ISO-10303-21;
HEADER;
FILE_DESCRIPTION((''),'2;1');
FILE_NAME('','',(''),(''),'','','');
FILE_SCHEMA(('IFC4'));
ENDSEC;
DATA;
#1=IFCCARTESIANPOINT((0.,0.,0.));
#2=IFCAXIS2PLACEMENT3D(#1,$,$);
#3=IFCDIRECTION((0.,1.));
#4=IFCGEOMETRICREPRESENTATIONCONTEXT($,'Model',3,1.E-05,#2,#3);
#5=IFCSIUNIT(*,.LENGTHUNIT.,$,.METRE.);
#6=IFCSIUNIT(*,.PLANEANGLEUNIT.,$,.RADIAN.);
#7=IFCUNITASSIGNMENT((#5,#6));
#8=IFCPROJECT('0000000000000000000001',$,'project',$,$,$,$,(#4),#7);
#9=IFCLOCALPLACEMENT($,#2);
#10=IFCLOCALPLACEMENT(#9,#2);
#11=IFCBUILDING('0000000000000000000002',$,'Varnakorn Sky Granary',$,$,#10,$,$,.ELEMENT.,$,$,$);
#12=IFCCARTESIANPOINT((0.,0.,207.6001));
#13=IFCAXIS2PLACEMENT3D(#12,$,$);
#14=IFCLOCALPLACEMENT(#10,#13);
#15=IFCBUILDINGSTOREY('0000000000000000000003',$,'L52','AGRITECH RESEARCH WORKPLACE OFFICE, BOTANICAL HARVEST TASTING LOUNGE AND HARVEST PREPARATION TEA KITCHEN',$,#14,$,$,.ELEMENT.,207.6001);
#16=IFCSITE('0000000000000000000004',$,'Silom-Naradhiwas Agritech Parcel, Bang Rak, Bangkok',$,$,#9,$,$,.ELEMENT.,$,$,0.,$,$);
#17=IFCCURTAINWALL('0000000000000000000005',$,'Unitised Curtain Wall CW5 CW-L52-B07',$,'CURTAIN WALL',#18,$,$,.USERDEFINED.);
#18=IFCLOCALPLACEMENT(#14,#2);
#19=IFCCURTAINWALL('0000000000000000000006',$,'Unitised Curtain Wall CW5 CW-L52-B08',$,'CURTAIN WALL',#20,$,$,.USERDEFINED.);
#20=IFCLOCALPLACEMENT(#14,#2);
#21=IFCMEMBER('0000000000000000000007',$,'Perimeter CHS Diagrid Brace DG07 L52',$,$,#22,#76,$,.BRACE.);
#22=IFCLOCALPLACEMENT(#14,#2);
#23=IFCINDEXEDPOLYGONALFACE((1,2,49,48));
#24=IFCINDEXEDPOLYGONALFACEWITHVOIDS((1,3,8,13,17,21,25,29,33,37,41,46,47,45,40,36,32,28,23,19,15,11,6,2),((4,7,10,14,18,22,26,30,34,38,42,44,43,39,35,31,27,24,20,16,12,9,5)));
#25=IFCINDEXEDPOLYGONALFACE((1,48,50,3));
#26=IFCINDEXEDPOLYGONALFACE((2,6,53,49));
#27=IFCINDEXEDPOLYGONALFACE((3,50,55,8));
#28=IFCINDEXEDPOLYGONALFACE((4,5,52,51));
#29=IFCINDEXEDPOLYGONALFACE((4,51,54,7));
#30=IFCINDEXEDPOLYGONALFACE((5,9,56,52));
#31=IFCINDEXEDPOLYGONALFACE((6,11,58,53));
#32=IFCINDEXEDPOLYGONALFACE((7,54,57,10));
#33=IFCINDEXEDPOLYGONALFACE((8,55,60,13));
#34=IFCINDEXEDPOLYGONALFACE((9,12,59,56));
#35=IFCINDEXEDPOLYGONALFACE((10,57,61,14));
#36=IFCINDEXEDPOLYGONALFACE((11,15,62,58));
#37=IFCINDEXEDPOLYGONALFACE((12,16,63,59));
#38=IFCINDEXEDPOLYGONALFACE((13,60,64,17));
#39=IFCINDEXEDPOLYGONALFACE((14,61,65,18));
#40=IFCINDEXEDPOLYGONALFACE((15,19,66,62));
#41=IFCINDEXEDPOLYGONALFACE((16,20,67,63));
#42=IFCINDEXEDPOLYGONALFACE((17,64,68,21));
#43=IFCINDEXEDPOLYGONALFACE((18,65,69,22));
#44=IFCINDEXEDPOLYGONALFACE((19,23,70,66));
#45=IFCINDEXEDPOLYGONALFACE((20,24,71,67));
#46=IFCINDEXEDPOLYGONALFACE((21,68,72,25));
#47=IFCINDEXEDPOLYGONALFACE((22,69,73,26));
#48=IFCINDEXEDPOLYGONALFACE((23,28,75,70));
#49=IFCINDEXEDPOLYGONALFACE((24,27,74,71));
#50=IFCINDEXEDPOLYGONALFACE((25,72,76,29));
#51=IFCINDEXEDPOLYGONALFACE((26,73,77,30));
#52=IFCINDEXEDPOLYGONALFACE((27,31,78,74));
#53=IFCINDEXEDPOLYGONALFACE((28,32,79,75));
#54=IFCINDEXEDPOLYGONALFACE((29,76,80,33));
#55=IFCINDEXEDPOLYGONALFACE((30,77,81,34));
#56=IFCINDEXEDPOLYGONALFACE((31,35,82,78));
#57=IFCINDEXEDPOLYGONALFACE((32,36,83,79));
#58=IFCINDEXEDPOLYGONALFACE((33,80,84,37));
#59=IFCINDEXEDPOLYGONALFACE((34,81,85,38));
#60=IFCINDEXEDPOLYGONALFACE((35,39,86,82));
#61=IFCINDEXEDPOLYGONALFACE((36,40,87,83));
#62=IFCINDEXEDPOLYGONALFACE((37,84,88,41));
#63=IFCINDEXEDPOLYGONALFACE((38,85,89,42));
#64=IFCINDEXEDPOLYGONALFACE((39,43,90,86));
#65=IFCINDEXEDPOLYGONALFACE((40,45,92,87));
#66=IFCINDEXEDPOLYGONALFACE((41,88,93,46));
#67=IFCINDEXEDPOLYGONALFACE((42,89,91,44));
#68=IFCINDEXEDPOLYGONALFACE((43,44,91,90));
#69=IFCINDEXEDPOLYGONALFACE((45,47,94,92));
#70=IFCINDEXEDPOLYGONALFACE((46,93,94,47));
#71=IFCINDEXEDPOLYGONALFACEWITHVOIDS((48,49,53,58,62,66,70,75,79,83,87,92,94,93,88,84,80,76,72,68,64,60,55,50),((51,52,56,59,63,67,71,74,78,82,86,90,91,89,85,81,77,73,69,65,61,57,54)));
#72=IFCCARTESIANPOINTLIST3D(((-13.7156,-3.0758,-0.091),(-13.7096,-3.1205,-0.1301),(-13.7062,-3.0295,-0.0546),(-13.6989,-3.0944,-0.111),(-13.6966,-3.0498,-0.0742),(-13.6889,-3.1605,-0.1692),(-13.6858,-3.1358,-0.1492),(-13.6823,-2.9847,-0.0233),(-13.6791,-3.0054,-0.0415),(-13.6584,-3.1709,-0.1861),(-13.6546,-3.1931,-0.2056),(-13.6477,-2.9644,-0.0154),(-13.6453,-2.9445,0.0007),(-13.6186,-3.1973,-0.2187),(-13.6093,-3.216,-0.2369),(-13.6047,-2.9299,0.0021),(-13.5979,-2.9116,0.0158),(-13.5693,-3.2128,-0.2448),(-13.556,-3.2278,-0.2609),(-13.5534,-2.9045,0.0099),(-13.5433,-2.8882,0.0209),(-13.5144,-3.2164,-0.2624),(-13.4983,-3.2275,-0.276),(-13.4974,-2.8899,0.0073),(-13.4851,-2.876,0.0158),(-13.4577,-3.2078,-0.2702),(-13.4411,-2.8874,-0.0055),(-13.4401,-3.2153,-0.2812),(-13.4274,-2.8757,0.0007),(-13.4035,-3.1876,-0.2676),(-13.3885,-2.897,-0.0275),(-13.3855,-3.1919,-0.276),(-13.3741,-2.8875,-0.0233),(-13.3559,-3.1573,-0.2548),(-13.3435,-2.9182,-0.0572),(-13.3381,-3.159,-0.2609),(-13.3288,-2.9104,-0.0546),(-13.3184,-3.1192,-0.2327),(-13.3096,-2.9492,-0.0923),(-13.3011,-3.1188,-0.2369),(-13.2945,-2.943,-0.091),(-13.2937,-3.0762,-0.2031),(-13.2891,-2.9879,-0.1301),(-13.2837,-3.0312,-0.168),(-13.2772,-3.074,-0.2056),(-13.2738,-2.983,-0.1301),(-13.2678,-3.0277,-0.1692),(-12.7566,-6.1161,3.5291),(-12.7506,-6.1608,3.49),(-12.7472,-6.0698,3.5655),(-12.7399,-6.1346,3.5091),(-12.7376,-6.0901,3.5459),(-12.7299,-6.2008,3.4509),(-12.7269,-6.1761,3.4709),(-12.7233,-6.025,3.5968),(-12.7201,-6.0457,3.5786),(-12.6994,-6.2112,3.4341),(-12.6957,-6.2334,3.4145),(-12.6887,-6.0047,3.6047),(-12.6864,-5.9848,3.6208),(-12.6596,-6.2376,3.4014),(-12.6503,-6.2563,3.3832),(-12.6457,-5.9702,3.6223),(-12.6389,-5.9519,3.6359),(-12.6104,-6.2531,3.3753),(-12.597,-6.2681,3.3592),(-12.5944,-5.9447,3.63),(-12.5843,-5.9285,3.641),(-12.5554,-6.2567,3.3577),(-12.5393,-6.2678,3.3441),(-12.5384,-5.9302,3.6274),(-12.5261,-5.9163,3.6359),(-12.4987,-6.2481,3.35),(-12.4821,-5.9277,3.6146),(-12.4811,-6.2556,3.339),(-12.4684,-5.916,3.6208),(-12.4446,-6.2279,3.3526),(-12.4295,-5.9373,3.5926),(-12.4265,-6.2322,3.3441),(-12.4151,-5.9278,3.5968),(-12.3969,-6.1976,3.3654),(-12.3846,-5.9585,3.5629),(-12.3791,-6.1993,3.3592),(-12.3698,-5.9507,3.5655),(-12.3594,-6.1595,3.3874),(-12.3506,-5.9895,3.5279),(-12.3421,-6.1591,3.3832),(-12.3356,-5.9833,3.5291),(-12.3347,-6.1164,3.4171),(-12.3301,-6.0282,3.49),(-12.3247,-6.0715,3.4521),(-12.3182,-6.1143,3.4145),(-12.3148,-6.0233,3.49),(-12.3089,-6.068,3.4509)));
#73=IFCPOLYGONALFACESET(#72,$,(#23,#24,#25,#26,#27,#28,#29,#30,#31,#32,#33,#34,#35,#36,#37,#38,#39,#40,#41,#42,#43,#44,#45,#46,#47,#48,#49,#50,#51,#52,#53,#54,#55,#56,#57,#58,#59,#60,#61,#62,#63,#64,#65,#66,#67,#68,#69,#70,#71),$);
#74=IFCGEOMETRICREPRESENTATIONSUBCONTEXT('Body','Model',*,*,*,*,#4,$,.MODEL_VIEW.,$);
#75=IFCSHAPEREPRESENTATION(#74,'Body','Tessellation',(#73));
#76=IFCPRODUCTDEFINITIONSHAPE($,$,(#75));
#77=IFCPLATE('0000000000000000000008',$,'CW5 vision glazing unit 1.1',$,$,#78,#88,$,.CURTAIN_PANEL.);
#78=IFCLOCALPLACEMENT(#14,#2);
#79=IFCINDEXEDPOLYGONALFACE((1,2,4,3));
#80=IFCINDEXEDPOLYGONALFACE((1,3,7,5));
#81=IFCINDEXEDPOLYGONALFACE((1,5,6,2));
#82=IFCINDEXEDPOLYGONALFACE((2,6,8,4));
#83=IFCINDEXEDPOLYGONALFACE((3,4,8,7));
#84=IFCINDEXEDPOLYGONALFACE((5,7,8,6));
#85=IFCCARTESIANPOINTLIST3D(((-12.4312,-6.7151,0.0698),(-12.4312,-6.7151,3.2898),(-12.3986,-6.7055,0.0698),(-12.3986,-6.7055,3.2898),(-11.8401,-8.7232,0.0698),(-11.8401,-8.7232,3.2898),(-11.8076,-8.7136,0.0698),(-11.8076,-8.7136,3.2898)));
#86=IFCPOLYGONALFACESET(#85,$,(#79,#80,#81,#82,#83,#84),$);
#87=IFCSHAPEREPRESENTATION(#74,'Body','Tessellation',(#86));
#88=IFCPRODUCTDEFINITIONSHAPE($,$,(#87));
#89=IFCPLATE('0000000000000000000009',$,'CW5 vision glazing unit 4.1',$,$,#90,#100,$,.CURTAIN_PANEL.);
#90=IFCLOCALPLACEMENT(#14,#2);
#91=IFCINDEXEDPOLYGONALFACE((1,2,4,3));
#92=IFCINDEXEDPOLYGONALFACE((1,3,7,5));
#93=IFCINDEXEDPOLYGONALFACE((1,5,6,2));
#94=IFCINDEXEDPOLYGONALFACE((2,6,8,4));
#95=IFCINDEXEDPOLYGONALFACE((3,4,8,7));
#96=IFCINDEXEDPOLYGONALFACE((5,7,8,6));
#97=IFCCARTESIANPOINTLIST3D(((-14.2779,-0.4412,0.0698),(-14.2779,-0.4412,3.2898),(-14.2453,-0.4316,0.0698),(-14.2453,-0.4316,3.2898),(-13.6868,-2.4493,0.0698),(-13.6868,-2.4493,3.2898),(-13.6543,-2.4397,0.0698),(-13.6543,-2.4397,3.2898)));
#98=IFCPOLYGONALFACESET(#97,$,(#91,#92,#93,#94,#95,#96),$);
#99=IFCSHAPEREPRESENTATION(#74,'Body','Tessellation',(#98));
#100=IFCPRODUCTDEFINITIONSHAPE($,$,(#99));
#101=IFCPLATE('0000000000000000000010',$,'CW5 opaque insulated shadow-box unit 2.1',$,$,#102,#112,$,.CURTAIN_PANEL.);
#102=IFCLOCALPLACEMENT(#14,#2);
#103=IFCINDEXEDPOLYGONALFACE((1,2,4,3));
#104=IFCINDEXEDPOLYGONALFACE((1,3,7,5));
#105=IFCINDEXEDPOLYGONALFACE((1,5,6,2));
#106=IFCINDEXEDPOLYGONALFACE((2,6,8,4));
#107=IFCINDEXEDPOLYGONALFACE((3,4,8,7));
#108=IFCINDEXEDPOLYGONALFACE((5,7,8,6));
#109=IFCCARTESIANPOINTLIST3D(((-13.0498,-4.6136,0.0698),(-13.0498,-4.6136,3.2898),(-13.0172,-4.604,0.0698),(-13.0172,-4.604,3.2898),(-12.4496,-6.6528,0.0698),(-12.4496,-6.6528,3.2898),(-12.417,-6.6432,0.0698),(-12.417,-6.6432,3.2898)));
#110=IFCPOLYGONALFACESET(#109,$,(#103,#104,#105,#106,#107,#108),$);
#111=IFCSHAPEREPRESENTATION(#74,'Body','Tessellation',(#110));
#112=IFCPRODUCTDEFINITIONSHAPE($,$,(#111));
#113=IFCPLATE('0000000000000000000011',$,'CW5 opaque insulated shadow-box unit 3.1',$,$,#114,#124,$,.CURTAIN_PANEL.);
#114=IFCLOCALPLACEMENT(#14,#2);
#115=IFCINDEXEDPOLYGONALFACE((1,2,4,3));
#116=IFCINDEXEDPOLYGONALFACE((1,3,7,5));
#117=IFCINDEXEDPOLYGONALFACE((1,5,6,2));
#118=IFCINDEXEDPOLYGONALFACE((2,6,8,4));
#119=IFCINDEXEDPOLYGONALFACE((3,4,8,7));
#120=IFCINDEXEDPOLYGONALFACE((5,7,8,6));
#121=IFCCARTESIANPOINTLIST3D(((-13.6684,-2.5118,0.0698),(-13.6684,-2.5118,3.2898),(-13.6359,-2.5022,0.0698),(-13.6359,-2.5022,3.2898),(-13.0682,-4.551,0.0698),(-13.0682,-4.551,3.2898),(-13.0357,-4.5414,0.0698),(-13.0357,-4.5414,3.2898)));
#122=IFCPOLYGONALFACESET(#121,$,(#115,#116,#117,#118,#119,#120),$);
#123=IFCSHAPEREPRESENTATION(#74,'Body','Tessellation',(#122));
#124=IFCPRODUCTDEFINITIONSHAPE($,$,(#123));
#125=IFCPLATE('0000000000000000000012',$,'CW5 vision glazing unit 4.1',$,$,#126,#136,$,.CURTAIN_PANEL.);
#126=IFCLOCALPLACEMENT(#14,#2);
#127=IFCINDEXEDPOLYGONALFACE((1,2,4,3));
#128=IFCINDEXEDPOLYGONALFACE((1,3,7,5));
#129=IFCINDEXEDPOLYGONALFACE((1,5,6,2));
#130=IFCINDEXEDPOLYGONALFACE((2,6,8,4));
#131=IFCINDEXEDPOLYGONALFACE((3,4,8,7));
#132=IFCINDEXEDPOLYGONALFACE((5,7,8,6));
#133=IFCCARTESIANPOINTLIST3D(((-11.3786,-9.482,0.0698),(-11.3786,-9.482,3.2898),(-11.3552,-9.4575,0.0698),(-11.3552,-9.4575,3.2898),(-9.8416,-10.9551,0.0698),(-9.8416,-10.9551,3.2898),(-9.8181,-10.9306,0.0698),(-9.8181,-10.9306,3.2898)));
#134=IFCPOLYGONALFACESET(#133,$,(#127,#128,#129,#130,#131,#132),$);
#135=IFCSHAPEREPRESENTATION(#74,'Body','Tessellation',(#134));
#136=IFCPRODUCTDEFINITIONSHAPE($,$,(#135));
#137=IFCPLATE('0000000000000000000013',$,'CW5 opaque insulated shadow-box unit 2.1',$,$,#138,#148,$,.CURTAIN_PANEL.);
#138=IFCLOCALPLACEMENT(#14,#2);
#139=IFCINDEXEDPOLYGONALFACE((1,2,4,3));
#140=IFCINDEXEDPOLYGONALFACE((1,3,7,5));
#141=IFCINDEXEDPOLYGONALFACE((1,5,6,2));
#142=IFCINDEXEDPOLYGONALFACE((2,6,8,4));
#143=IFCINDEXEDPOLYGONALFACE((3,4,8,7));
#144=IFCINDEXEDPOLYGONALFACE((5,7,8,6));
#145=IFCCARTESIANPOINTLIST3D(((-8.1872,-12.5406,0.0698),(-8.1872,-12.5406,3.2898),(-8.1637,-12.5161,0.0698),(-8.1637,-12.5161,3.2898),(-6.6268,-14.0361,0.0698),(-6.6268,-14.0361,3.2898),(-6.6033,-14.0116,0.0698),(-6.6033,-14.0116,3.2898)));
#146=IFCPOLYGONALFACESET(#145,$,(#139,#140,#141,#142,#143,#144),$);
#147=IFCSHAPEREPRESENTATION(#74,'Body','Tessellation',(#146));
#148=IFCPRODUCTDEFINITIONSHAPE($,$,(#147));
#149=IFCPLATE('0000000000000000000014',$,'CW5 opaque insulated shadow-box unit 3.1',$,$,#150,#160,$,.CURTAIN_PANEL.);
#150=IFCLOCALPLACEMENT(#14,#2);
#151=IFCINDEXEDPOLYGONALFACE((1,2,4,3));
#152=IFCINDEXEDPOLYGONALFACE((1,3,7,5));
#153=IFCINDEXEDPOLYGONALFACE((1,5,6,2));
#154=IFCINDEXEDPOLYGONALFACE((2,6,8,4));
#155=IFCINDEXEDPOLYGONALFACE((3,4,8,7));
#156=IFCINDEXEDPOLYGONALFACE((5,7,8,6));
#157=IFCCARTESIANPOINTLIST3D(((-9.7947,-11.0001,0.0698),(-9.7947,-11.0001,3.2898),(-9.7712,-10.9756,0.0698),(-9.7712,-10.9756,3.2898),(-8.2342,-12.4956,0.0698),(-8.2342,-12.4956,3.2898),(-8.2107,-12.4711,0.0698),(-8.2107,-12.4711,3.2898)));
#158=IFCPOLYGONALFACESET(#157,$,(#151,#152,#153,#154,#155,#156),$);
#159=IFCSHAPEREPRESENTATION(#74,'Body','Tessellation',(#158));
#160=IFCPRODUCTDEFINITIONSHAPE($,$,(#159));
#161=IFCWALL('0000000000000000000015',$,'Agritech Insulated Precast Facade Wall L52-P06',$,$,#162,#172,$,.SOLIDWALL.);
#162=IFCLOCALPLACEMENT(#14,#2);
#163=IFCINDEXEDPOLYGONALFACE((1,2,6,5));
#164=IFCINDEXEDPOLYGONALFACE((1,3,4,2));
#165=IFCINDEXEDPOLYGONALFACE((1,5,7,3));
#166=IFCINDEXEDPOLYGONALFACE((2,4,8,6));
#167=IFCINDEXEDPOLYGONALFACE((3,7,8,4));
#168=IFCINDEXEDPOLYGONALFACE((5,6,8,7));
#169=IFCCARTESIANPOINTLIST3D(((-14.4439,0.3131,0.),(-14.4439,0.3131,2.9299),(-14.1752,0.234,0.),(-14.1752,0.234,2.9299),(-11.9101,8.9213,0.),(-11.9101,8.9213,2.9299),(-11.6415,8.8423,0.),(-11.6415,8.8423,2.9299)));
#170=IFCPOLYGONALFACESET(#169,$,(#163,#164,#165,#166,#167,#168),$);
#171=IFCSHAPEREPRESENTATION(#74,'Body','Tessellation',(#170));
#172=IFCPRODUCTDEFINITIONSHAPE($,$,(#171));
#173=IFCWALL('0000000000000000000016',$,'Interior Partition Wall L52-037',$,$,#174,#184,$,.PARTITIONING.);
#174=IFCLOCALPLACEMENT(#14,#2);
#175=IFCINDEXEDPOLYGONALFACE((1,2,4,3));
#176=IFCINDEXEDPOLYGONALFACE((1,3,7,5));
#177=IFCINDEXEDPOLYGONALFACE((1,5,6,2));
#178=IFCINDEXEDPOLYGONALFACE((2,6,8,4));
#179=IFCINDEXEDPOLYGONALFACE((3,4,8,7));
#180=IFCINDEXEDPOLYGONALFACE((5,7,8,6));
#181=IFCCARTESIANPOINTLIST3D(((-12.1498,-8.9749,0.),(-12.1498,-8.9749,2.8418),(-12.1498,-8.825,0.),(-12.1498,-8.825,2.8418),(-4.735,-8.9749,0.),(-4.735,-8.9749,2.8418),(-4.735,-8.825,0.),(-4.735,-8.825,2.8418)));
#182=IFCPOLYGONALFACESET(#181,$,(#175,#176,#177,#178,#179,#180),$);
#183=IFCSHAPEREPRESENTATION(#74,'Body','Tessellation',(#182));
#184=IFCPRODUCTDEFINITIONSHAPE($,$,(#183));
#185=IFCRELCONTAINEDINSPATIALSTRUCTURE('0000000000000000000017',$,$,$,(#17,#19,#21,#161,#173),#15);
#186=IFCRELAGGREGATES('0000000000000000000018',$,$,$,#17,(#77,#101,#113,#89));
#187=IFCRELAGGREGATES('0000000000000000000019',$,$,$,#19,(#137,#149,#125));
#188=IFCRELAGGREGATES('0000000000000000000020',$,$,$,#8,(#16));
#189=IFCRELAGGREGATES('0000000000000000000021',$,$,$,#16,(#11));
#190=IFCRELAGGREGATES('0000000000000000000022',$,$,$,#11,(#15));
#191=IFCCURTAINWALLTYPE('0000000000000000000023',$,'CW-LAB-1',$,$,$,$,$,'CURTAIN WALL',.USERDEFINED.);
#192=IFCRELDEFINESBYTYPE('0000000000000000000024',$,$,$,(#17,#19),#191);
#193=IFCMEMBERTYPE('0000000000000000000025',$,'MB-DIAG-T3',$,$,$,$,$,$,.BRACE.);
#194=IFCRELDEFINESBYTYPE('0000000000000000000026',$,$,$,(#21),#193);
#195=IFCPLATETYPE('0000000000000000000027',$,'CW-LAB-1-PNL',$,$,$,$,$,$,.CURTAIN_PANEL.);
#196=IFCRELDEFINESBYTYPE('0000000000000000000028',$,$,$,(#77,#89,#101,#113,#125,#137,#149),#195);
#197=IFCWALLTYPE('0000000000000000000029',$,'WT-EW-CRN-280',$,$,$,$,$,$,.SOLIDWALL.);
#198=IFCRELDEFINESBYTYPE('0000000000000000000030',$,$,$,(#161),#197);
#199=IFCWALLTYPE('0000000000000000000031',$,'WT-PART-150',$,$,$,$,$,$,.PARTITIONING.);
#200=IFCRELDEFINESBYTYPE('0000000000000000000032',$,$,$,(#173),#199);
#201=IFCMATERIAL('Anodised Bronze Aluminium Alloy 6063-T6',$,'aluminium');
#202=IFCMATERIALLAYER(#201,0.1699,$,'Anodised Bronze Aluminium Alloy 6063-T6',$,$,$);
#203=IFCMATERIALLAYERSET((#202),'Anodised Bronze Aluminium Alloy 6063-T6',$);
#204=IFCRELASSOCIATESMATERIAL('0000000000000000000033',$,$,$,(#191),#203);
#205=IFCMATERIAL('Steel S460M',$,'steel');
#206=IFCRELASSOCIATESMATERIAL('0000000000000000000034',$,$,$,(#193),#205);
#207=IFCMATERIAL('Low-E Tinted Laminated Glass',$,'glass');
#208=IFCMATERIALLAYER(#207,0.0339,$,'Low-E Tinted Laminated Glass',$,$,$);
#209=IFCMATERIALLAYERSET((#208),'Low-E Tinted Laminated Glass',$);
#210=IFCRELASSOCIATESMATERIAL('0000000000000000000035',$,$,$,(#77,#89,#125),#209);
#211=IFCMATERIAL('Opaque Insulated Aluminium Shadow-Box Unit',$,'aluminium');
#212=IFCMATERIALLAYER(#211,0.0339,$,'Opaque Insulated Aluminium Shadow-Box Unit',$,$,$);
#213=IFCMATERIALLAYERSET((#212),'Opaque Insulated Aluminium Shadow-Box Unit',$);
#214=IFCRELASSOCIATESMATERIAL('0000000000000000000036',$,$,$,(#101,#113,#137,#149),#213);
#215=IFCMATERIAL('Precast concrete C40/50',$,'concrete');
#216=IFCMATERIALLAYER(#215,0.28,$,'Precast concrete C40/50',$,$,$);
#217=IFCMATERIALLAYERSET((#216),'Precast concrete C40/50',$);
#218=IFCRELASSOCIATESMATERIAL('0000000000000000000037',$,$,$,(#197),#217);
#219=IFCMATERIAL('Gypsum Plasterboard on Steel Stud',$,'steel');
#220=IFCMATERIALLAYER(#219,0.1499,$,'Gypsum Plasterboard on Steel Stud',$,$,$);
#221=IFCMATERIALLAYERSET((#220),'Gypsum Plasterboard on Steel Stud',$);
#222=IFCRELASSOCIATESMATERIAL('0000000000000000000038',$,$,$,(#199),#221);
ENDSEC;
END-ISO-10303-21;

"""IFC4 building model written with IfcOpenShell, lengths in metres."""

from ifc_helpers import new_model, si_unit, direction, frame, frame_2d, origin, origin_2d, place, context, subcontext, project, spatial, rectangle, hollow_circle, extrude, source, transform, mapped, material, layer, layer_set, material_profile, profile_set, type_object, type_shapes, element, aggregate, save


model = new_model("IFC4")

# Units and contexts
model_context = context("Model", 3, precision=1e-05, world=origin(), true_north=direction((0.0, 1.0)))
body_context = subcontext(model_context, "Body", "Model", "MODEL_VIEW")
ifc_project = project(units=[si_unit("LENGTHUNIT", "METRE"), si_unit("PLANEANGLEUNIT", "RADIAN")], contexts=[model_context])

# Site, building, storey
site_placement = place(None, origin())
site = spatial("IfcSite", under=ifc_project, at=site_placement, Name="Silom-Naradhiwas Agritech Parcel, Bang Rak, Bangkok", CompositionType="ELEMENT", RefElevation=0.0)
building_placement = place(site_placement, origin())
building = spatial("IfcBuilding", under=site, at=building_placement, Name="Varnakorn Sky Granary", CompositionType="ELEMENT")
storey_placement = place(building_placement, frame((0.0, 0.0, 207.6001)))
storey = spatial("IfcBuildingStorey", under=building, at=storey_placement, Name="L52", Description="AGRITECH RESEARCH WORKPLACE OFFICE, BOTANICAL HARVEST TASTING LOUNGE AND HARVEST PREPARATION TEA KITCHEN", CompositionType="ELEMENT", Elevation=207.6001)

# Shared definitions
ifc_material_1 = material(Name="Steel S460M", Category="steel")

# Curtain walls
ifc_material_2 = material(Name="Anodised Bronze Aluminium Alloy 6063-T6", Category="aluminium")
ifc_layer_1 = layer(ifc_material_2, 0.1699, Name="Anodised Bronze Aluminium Alloy 6063-T6")
ifc_layer_set_1 = layer_set([ifc_layer_1], Name="Anodised Bronze Aluminium Alloy 6063-T6")
curtain_wall_type = type_object("IfcCurtainWallType", Name="CW-LAB-1", ElementType="CURTAIN WALL", PredefinedType="USERDEFINED", material=ifc_layer_set_1)
curtain_wall_1_placement = place(storey_placement, origin())
curtain_wall_1 = element("IfcCurtainWall", 1, at=curtain_wall_1_placement, inside=storey, type_object=curtain_wall_type, Name="Unitised Curtain Wall CW5 CW-L52-B07", ObjectType="CURTAIN WALL", PredefinedType="USERDEFINED")
curtain_wall_2_placement = place(storey_placement, origin())
curtain_wall_2 = element("IfcCurtainWall", 2, at=curtain_wall_2_placement, inside=storey, type_object=curtain_wall_type, Name="Unitised Curtain Wall CW5 CW-L52-B08", ObjectType="CURTAIN WALL", PredefinedType="USERDEFINED")

# Member
ifc_material_profile_1 = material_profile(ifc_material_1, hollow_circle(Radius=0.2285, WallThickness=0.0161, at=origin_2d()), Name="CHS 457x16")
ifc_profile_set_1 = profile_set([ifc_material_profile_1], Name="Steel S460M")
member_type_1 = type_object("IfcMemberType", Name="MB-DIAG-T3", PredefinedType="BRACE", material=ifc_profile_set_1)
member_1_placement = place(storey_placement, frame((-13.4917, -3.0518, -0.1301), z_axis=(0.198806, -0.630278, 0.750483), x_axis=(0.953682, 0.300816, 0.0)))
element("IfcMember", 3, at=member_1_placement, inside=storey, type_object=member_type_1, Name="Perimeter CHS Diagrid Brace DG07 L52", PredefinedType="BRACE", context=body_context, shape_type="SweptSolid", body=[
    extrude(hollow_circle(Radius=0.2285, WallThickness=0.0161, at=origin_2d()), origin(), (0.0, 0.0, 1.0), 4.8237),
])

# Plates
ifc_material_3 = material(Name="Low-E Tinted Laminated Glass", Category="glass")
ifc_layer_2 = layer(ifc_material_3, 0.0339, Name="Low-E Tinted Laminated Glass")
ifc_layer_set_2 = layer_set([ifc_layer_2], Name="Low-E Tinted Laminated Glass")
plate_type = type_object("IfcPlateType", Name="CW-LAB-1-PNL", PredefinedType="CURTAIN_PANEL")
shared_shape_1 = source(origin(), body_context, "Body", "SweptSolid", [
    extrude(rectangle(XDim=2.0933, YDim=0.0339, at=origin_2d()), origin(), (0.0, 0.0, 1.0), 3.22),
])
plate_1_placement = place(storey_placement, frame((-12.1194, -7.7144, 0.0698), z_axis=(0.0, 0.0, 1.0), x_axis=(-0.282357, 0.95931, 0.0)))
plate_1 = element("IfcPlate", 4, at=plate_1_placement, type_object=plate_type, material=ifc_layer_set_2, Name="CW5 vision glazing unit 1.1", PredefinedType="CURTAIN_PANEL", context=body_context, shape_type="MappedRepresentation", body=[
    mapped(shared_shape_1, transform((0.0, 0.0, 0.0), x_axis=(1.0, 0.0, 0.0), y_axis=(0.0, 1.0, 0.0), z_axis=(0.0, 0.0, 1.0), scale=1.0)),
])
plate_2_placement = place(storey_placement, frame((-13.9661, -1.4404, 0.0698), z_axis=(0.0, 0.0, 1.0), x_axis=(-0.282357, 0.95931, 0.0)))
plate_2 = element("IfcPlate", 5, at=plate_2_placement, type_object=plate_type, material=ifc_layer_set_2, Name="CW5 vision glazing unit 4.1", PredefinedType="CURTAIN_PANEL", context=body_context, shape_type="MappedRepresentation", body=[
    mapped(shared_shape_1, transform((0.0, 0.0, 0.0), x_axis=(1.0, 0.0, 0.0), y_axis=(0.0, 1.0, 0.0), z_axis=(0.0, 0.0, 1.0), scale=1.0)),
])
ifc_material_4 = material(Name="Opaque Insulated Aluminium Shadow-Box Unit", Category="aluminium")
ifc_layer_3 = layer(ifc_material_4, 0.0339, Name="Opaque Insulated Aluminium Shadow-Box Unit")
ifc_layer_set_3 = layer_set([ifc_layer_3], Name="Opaque Insulated Aluminium Shadow-Box Unit")
shared_shape_2 = source(origin(), body_context, "Body", "SweptSolid", [
    extrude(rectangle(XDim=2.1257, YDim=0.0339, at=origin_2d()), origin(), (0.0, 0.0, 1.0), 3.22),
])
plate_3_placement = place(storey_placement, frame((-12.7334, -5.6284, 0.0698), z_axis=(0.0, 0.0, 1.0), x_axis=(-0.282357, 0.95931, 0.0)))
plate_3 = element("IfcPlate", 6, at=plate_3_placement, type_object=plate_type, material=ifc_layer_set_3, Name="CW5 opaque insulated shadow-box unit 2.1", PredefinedType="CURTAIN_PANEL", context=body_context, shape_type="MappedRepresentation", body=[
    mapped(shared_shape_2, transform((0.0, 0.0, 0.0), x_axis=(1.0, 0.0, 0.0), y_axis=(0.0, 1.0, 0.0), z_axis=(0.0, 0.0, 1.0), scale=1.0)),
])
plate_4_placement = place(storey_placement, frame((-13.3521, -3.5266, 0.0698), z_axis=(0.0, 0.0, 1.0), x_axis=(-0.282357, 0.95931, 0.0)))
plate_4 = element("IfcPlate", 7, at=plate_4_placement, type_object=plate_type, material=ifc_layer_set_3, Name="CW5 opaque insulated shadow-box unit 3.1", PredefinedType="CURTAIN_PANEL", context=body_context, shape_type="MappedRepresentation", body=[
    mapped(shared_shape_2, transform((0.0, 0.0, 0.0), x_axis=(1.0, 0.0, 0.0), y_axis=(0.0, 1.0, 0.0), z_axis=(0.0, 0.0, 1.0), scale=1.0)),
])
aggregate(curtain_wall_1, [plate_1, plate_3, plate_4, plate_2])
shared_shape_3 = source(origin(), body_context, "Body", "SweptSolid", [
    extrude(rectangle(XDim=2.1289, YDim=0.0339, at=origin_2d()), origin(), (0.0, 0.0, 1.0), 3.22),
])
plate_5_placement = place(storey_placement, frame((-10.5984, -10.2063, 0.0698), z_axis=(0.0, 0.0, 1.0), x_axis=(-0.721971, 0.691923, 0.0)))
plate_5 = element("IfcPlate", 8, at=plate_5_placement, type_object=plate_type, material=ifc_layer_set_2, Name="CW5 vision glazing unit 4.1", PredefinedType="CURTAIN_PANEL", context=body_context, shape_type="MappedRepresentation", body=[
    mapped(shared_shape_3, transform((0.0, 0.0, 0.0), x_axis=(1.0, 0.0, 0.0), y_axis=(0.0, 1.0, 0.0), z_axis=(0.0, 0.0, 1.0), scale=1.0)),
])
shared_shape_4 = source(origin(), body_context, "Body", "SweptSolid", [
    extrude(rectangle(XDim=2.1614, YDim=0.0339, at=origin_2d()), origin(), (0.0, 0.0, 1.0), 3.22),
])
type_shapes(plate_type, [shared_shape_1, shared_shape_2, shared_shape_3, shared_shape_4])
plate_6_placement = place(storey_placement, frame((-7.3953, -13.2761, 0.0698), z_axis=(0.0, 0.0, 1.0), x_axis=(-0.721971, 0.691923, 0.0)))
plate_6 = element("IfcPlate", 9, at=plate_6_placement, type_object=plate_type, material=ifc_layer_set_3, Name="CW5 opaque insulated shadow-box unit 2.1", PredefinedType="CURTAIN_PANEL", context=body_context, shape_type="MappedRepresentation", body=[
    mapped(shared_shape_4, transform((0.0, 0.0, 0.0), x_axis=(1.0, 0.0, 0.0), y_axis=(0.0, 1.0, 0.0), z_axis=(0.0, 0.0, 1.0), scale=1.0)),
])
plate_7_placement = place(storey_placement, frame((-9.0027, -11.7356, 0.0698), z_axis=(0.0, 0.0, 1.0), x_axis=(-0.721971, 0.691923, 0.0)))
plate_7 = element("IfcPlate", 10, at=plate_7_placement, type_object=plate_type, material=ifc_layer_set_3, Name="CW5 opaque insulated shadow-box unit 3.1", PredefinedType="CURTAIN_PANEL", context=body_context, shape_type="MappedRepresentation", body=[
    mapped(shared_shape_4, transform((0.0, 0.0, 0.0), x_axis=(1.0, 0.0, 0.0), y_axis=(0.0, 1.0, 0.0), z_axis=(0.0, 0.0, 1.0), scale=1.0)),
])
aggregate(curtain_wall_2, [plate_6, plate_7, plate_5])

# Walls
ifc_material_5 = material(Name="Precast concrete C40/50", Category="concrete")
ifc_layer_4 = layer(ifc_material_5, 0.28, Name="Precast concrete C40/50")
ifc_layer_set_4 = layer_set([ifc_layer_4], Name="Precast concrete C40/50")
wall_type_1 = type_object("IfcWallType", Name="WT-EW-CRN-280", PredefinedType="SOLIDWALL", material=ifc_layer_set_4)
wall_1_placement = place(storey_placement, frame((-14.3096, 0.2734, 0.0), z_axis=(0.0, 0.0, 1.0), x_axis=(0.282359, 0.959309, 0.0)))
element("IfcWall", 11, at=wall_1_placement, inside=storey, type_object=wall_type_1, Name="Agritech Insulated Precast Facade Wall L52-P06", PredefinedType="SOLIDWALL", context=body_context, shape_type="SweptSolid", body=[
    extrude(rectangle(XDim=8.9734, YDim=0.28, at=frame_2d((4.4868, 0.0))), origin(), (0.0, 0.0, 1.0), 2.9299),
])
ifc_material_6 = material(Name="Gypsum Plasterboard on Steel Stud", Category="steel")
ifc_layer_5 = layer(ifc_material_6, 0.1499, Name="Gypsum Plasterboard on Steel Stud")
ifc_layer_set_5 = layer_set([ifc_layer_5], Name="Gypsum Plasterboard on Steel Stud")
wall_type_2 = type_object("IfcWallType", Name="WT-PART-150", PredefinedType="PARTITIONING", material=ifc_layer_set_5)
wall_2_placement = place(storey_placement, frame((-12.1499, -8.8999, 0.0), z_axis=(0.0, 0.0, 1.0), x_axis=(1.0, 0.0, 0.0)))
element("IfcWall", 12, at=wall_2_placement, inside=storey, type_object=wall_type_2, Name="Interior Partition Wall L52-037", PredefinedType="PARTITIONING", context=body_context, shape_type="SweptSolid", body=[
    extrude(rectangle(XDim=7.4148, YDim=0.1499, at=frame_2d((3.7075, 0.0))), origin(), (0.0, 0.0, 1.0), 2.8418),
])

save(model, "model.ifc")
